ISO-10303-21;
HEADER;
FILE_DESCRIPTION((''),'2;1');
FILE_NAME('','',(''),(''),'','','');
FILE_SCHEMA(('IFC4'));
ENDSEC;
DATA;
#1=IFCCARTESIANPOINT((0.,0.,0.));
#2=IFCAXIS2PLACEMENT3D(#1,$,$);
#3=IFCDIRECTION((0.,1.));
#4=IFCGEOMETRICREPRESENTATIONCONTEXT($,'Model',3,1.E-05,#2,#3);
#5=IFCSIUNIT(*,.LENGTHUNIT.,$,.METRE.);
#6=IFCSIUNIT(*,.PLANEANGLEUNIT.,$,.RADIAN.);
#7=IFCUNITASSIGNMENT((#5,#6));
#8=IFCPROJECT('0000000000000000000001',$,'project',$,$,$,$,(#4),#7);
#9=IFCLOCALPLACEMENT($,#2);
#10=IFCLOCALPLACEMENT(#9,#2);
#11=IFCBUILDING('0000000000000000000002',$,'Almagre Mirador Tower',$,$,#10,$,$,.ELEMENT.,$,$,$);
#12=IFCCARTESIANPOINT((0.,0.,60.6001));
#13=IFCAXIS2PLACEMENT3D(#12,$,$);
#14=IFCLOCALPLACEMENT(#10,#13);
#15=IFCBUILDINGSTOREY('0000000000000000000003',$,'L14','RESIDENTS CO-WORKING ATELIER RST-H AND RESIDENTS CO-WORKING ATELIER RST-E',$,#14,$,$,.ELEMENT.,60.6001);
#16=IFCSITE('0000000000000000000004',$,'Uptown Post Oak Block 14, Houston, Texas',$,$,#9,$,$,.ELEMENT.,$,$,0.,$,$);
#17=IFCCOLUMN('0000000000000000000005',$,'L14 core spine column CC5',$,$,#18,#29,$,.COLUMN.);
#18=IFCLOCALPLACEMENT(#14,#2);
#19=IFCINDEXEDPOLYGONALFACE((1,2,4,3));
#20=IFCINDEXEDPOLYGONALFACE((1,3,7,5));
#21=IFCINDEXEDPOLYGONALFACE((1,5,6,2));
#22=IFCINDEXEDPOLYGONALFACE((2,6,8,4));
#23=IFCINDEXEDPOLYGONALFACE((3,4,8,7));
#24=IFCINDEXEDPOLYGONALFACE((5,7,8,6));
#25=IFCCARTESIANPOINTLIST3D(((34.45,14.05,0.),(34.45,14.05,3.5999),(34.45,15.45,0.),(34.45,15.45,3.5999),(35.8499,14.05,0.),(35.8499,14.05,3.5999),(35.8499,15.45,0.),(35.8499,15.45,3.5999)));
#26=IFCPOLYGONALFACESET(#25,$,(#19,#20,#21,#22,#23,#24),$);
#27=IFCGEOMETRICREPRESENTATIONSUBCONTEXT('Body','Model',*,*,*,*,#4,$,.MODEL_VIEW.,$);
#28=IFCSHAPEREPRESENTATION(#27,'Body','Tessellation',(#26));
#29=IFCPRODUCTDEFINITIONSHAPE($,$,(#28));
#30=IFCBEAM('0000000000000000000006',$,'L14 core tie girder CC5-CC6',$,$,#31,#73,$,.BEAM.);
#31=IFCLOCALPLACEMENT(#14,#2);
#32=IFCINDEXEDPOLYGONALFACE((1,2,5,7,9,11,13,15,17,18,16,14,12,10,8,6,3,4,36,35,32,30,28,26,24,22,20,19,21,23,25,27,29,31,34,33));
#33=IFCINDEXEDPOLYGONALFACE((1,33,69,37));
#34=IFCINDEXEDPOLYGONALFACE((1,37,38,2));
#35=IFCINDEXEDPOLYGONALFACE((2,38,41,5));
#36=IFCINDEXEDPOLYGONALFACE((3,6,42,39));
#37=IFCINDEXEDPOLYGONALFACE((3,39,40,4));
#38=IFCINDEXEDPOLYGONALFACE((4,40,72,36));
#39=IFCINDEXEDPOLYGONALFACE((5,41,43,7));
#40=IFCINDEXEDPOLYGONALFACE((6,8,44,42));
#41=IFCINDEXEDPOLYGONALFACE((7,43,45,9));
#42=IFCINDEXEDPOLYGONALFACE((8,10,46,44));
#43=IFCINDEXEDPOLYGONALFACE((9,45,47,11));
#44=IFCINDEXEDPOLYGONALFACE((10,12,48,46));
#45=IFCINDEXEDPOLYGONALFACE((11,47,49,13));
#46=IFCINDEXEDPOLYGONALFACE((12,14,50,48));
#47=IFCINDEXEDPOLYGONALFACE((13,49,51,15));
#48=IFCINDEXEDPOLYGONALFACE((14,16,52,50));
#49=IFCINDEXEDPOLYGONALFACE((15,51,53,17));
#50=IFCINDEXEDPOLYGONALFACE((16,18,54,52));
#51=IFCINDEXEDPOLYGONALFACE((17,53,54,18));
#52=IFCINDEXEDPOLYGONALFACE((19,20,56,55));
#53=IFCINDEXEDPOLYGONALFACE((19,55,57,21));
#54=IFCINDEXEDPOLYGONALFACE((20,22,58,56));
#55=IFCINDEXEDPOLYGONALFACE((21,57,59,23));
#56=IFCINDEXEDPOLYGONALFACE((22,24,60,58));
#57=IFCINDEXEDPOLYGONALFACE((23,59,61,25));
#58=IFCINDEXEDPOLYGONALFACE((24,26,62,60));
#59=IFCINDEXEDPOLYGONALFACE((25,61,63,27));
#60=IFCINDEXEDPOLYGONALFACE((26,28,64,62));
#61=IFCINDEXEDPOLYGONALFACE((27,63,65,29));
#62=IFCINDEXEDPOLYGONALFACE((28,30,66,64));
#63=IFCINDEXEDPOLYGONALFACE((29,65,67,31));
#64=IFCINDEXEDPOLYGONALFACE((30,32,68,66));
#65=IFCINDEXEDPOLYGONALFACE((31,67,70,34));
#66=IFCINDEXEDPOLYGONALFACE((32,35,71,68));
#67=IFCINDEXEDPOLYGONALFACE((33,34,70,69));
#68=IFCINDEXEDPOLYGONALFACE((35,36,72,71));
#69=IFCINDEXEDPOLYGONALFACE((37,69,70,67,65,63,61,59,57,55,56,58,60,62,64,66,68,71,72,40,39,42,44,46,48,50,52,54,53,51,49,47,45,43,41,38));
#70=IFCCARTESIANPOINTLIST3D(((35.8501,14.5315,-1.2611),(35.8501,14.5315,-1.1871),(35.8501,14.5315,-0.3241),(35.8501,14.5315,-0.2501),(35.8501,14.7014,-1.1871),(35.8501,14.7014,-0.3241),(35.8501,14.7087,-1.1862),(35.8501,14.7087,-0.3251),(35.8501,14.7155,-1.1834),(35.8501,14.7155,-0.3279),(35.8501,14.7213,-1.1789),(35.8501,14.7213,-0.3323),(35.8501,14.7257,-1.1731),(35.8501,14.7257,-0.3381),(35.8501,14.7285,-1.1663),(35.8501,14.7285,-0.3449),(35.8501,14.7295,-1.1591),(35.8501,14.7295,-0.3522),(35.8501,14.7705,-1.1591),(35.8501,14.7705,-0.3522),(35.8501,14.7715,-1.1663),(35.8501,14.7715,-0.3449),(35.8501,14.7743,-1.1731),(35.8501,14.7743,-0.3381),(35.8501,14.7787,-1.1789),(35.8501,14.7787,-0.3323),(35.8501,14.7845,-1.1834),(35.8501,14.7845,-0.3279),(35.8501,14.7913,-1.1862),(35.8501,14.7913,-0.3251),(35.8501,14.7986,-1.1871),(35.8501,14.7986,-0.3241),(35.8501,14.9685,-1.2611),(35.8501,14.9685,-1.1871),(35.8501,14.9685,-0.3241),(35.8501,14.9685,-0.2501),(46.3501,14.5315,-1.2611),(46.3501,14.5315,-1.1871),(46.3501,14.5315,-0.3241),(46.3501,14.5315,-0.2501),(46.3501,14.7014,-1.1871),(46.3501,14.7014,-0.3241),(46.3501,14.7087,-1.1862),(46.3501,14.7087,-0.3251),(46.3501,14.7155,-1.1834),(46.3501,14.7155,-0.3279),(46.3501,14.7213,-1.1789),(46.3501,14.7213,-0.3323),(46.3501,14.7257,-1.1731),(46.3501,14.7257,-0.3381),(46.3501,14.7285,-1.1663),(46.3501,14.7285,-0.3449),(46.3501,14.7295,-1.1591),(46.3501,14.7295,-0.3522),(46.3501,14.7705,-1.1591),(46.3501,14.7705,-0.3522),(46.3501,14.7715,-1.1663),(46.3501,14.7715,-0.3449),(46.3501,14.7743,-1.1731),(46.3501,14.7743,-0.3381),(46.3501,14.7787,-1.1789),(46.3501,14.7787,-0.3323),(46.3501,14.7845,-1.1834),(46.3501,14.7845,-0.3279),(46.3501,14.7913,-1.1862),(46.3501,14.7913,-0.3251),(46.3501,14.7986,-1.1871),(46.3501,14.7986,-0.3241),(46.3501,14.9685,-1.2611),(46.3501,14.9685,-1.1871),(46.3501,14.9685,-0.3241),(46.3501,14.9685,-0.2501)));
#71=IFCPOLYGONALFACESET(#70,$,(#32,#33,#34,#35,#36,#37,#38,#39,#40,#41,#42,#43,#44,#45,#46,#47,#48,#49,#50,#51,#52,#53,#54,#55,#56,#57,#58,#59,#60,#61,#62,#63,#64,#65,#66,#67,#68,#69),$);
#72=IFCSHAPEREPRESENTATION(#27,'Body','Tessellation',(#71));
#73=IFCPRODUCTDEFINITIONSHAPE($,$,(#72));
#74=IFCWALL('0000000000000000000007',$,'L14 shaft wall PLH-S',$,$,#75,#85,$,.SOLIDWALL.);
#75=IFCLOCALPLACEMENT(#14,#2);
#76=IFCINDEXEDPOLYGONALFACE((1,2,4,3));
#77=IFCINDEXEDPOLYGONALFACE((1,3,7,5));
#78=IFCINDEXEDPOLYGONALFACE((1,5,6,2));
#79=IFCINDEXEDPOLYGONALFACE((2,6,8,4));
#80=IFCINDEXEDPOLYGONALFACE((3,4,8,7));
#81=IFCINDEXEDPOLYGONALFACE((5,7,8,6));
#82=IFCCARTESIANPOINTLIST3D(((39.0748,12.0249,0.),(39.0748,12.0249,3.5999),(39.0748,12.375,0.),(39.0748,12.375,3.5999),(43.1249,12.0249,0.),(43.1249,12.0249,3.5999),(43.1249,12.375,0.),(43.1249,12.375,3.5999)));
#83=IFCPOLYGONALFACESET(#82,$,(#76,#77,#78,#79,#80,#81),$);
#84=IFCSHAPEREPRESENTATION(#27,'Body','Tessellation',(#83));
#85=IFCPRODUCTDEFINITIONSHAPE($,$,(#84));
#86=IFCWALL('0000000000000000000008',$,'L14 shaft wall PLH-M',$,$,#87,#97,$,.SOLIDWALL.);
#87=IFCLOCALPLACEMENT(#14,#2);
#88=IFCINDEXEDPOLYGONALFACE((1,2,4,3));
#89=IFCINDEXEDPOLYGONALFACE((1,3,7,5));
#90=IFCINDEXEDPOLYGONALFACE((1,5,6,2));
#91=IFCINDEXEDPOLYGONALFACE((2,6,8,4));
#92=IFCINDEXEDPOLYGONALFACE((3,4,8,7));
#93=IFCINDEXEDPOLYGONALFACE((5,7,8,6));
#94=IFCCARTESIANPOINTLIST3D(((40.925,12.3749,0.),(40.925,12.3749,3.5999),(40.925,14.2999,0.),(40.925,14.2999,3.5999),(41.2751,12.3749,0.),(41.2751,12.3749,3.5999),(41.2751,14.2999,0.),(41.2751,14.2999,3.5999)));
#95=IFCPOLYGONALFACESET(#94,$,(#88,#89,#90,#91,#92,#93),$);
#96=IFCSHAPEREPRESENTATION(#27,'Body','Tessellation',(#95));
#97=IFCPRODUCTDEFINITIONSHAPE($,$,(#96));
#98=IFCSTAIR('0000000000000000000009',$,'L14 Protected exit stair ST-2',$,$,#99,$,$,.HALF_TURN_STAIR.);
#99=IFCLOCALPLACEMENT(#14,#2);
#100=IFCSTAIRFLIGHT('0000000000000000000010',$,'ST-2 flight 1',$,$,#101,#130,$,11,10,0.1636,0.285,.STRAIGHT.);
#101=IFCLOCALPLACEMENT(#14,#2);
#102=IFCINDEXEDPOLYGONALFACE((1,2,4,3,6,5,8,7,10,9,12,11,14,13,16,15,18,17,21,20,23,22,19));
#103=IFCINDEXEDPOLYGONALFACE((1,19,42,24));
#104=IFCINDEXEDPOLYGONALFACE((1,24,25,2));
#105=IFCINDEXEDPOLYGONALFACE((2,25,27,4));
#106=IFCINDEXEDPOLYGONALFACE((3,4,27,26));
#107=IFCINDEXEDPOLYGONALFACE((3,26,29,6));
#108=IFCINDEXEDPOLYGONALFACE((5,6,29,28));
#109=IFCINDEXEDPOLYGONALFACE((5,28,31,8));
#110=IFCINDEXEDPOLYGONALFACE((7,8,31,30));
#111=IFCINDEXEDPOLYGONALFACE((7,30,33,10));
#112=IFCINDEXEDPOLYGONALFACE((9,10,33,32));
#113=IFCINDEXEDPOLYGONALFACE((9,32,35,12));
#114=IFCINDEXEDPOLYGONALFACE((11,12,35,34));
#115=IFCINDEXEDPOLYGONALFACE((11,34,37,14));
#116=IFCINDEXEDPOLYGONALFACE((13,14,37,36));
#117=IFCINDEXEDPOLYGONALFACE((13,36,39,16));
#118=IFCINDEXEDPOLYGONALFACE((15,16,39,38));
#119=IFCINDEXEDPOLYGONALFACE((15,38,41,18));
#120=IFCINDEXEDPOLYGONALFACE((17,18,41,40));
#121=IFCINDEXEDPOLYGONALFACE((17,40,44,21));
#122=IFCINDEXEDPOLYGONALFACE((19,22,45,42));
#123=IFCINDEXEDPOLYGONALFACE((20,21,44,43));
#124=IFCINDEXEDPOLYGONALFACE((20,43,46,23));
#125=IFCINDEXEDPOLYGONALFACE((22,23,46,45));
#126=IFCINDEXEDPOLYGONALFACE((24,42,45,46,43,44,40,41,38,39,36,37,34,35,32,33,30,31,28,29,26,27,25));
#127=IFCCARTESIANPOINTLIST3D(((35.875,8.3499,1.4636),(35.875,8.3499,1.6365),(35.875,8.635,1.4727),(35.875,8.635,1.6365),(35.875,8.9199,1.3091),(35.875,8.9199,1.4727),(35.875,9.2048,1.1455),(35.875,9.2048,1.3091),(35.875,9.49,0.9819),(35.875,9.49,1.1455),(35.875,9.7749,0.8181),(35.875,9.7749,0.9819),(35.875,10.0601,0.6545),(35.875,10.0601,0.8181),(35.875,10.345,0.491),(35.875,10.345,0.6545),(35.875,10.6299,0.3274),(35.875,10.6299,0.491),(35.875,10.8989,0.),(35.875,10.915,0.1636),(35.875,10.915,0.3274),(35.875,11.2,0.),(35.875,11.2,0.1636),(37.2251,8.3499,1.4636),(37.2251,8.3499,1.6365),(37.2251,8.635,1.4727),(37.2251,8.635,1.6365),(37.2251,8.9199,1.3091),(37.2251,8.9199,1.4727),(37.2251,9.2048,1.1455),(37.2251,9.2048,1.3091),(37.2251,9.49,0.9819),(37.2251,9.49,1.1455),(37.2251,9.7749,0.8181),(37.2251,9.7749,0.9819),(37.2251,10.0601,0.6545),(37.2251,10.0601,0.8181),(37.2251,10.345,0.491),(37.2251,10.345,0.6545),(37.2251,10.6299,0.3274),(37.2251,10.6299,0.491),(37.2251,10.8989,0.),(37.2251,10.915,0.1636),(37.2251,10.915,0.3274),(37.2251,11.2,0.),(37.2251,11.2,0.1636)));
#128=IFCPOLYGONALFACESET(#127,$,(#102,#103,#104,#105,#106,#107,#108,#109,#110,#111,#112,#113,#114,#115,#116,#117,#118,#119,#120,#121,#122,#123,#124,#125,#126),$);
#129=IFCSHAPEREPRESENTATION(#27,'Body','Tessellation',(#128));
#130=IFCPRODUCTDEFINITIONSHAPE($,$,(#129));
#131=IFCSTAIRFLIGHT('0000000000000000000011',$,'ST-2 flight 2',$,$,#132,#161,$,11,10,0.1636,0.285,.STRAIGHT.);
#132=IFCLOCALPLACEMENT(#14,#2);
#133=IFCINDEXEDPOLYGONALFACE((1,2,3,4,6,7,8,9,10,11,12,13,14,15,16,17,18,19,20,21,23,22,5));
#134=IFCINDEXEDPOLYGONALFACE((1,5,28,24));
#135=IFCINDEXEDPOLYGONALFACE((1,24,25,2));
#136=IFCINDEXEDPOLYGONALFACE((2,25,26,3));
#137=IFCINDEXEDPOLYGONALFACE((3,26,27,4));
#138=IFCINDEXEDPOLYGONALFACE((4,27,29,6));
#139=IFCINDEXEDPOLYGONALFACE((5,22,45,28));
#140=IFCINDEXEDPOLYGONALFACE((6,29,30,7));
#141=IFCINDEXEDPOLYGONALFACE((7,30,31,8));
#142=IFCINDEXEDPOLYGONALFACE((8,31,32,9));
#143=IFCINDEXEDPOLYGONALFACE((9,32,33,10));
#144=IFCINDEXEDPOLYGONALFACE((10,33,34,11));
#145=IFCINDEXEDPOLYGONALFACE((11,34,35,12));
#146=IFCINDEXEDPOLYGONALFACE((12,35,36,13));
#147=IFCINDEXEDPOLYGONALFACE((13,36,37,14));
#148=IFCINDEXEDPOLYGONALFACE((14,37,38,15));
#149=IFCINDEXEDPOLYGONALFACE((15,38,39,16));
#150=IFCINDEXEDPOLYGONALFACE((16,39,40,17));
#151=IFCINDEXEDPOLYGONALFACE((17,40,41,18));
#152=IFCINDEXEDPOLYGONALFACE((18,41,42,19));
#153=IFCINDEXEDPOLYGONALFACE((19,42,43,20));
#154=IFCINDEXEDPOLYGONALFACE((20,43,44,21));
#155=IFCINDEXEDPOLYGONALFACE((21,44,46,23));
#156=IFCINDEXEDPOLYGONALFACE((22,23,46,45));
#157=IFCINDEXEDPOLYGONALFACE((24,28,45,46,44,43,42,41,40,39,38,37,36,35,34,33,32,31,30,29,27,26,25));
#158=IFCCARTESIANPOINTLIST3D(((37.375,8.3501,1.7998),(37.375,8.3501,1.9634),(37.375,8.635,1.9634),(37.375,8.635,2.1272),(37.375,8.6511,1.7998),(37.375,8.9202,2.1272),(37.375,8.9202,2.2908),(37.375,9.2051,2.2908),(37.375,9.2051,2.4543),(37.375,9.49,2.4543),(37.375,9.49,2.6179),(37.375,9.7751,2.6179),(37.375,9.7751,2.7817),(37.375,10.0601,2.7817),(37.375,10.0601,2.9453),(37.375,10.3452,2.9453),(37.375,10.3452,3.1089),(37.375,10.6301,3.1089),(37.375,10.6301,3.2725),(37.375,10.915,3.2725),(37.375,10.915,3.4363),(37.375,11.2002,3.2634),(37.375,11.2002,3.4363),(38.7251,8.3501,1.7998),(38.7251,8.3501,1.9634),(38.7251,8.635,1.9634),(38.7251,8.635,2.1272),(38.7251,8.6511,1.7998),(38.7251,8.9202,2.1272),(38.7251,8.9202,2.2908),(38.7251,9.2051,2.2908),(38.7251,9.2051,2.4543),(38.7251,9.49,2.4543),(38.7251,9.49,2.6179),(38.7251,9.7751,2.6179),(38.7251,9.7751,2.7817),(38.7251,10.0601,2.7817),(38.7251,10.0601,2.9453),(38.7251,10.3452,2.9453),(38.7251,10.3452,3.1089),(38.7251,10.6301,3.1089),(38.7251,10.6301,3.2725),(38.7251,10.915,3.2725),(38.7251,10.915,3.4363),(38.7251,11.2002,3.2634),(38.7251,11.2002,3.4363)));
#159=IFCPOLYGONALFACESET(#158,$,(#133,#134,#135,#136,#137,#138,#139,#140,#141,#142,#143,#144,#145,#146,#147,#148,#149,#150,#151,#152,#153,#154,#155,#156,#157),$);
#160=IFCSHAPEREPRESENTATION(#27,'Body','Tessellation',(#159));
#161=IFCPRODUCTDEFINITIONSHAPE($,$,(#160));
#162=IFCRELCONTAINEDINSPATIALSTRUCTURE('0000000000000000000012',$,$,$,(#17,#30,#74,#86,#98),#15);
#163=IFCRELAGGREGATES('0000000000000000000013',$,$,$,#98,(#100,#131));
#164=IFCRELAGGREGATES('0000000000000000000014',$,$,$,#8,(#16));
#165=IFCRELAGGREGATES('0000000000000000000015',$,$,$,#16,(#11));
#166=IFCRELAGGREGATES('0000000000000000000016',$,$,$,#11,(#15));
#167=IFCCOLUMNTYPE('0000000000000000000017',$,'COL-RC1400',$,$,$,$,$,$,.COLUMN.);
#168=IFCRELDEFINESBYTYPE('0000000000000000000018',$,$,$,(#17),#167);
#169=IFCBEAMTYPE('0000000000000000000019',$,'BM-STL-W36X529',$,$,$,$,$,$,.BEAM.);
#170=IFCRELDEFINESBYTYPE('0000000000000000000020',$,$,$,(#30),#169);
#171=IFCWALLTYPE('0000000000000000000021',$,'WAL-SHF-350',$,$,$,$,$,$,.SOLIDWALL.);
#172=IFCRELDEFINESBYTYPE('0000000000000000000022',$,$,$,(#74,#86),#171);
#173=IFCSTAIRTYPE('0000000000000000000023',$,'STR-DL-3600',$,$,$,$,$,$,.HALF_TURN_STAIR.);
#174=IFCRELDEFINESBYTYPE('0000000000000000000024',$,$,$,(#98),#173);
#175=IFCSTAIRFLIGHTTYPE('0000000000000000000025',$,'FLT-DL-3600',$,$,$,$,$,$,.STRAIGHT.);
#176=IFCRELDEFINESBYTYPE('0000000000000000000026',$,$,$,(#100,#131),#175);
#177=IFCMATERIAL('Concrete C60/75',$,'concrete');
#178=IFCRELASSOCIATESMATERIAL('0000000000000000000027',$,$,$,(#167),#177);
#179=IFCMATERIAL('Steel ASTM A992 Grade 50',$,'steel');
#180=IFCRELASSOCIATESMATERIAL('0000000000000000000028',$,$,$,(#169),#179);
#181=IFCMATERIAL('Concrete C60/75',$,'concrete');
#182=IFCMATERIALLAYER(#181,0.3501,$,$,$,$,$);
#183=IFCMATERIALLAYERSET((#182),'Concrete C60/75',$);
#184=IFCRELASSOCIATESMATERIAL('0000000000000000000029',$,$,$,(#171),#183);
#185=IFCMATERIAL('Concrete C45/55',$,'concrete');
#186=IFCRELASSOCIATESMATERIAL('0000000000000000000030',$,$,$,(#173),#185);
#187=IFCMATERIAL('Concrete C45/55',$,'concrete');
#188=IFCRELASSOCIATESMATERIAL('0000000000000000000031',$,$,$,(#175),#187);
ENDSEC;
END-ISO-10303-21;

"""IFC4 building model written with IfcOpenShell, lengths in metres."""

from ifc_helpers import new_model, si_unit, direction, frame, frame_2d, origin, origin_2d, place, context, subcontext, project, spatial, polyline, rectangle, i_section, outline, extrude, material, layer, layer_set, material_profile, profile_set, type_object, element, aggregate, save


model = new_model("IFC4")

# Units and contexts
model_context = context("Model", 3, precision=1e-05, world=origin(), true_north=direction((0.0, 1.0)))
body_context = subcontext(model_context, "Body", "Model", "MODEL_VIEW")
ifc_project = project(units=[si_unit("LENGTHUNIT", "METRE"), si_unit("PLANEANGLEUNIT", "RADIAN")], contexts=[model_context])

# Site, building, storey
site_placement = place(None, origin())
site = spatial("IfcSite", under=ifc_project, at=site_placement, Name="Uptown Post Oak Block 14, Houston, Texas", CompositionType="ELEMENT", RefElevation=0.0)
building_placement = place(site_placement, origin())
building = spatial("IfcBuilding", under=site, at=building_placement, Name="Almagre Mirador Tower", CompositionType="ELEMENT")
storey_placement = place(building_placement, frame((0.0, 0.0, 60.6001)))
storey = spatial("IfcBuildingStorey", under=building, at=storey_placement, Name="L14", Description="RESIDENTS CO-WORKING ATELIER RST-H AND RESIDENTS CO-WORKING ATELIER RST-E", CompositionType="ELEMENT", Elevation=60.6001)

# Column
ifc_material_1 = material(Name="Concrete C60/75", Category="concrete")
ifc_material_profile_1 = material_profile(ifc_material_1, rectangle(XDim=1.3999, YDim=1.3999, at=origin_2d()), Name="RC1400X1400")
ifc_profile_set_1 = profile_set([ifc_material_profile_1], Name="Concrete C60/75")
column_type = type_object("IfcColumnType", Name="COL-RC1400", PredefinedType="COLUMN", material=ifc_profile_set_1)
column_placement = place(storey_placement, frame((35.1499, 14.75, 0.0), z_axis=(0.0, 0.0, 1.0), x_axis=(1.0, 0.0, 0.0)))
element("IfcColumn", 1, at=column_placement, inside=storey, type_object=column_type, Name="L14 core spine column CC5", PredefinedType="COLUMN", context=body_context, shape_type="SweptSolid", body=[
    extrude(rectangle(XDim=1.3999, YDim=1.3999, at=origin_2d()), origin(), (0.0, 0.0, 1.0), 3.5999),
])

# Beam
ifc_material_2 = material(Name="Steel ASTM A992 Grade 50", Category="steel")
ifc_material_profile_2 = material_profile(ifc_material_2, i_section(OverallWidth=0.437, OverallDepth=1.011, WebThickness=0.041, FlangeThickness=0.074, FilletRadius=0.0281, at=origin_2d()), Name="W36X529")
ifc_profile_set_2 = profile_set([ifc_material_profile_2], Name="Steel ASTM A992 Grade 50")
beam_type = type_object("IfcBeamType", Name="BM-STL-W36X529", PredefinedType="BEAM", material=ifc_profile_set_2)
beam_placement = place(storey_placement, frame((35.8501, 14.75, -0.7556), z_axis=(1.0, 0.0, 0.0), x_axis=(0.0, 1.0, 0.0)))
element("IfcBeam", 2, at=beam_placement, inside=storey, type_object=beam_type, Name="L14 core tie girder CC5-CC6", PredefinedType="BEAM", context=body_context, shape_type="SweptSolid", body=[
    extrude(i_section(OverallWidth=0.437, OverallDepth=1.011, WebThickness=0.041, FlangeThickness=0.074, FilletRadius=0.0281, at=origin_2d()), origin(), (0.0, 0.0, 1.0), 10.5),
])

# Walls
ifc_material_3 = material(Name="Concrete C60/75", Category="concrete")
ifc_layer_1 = layer(ifc_material_3, 0.3501)
ifc_layer_set_1 = layer_set([ifc_layer_1], Name="Concrete C60/75")
wall_type_1 = type_object("IfcWallType", Name="WAL-SHF-350", PredefinedType="SOLIDWALL", material=ifc_layer_set_1)
wall_1_placement = place(storey_placement, frame((39.075, 12.2, 0.0), z_axis=(0.0, 0.0, 1.0), x_axis=(1.0, 0.0, 0.0)))
element("IfcWall", 3, at=wall_1_placement, inside=storey, type_object=wall_type_1, Name="L14 shaft wall PLH-S", PredefinedType="SOLIDWALL", context=body_context, shape_type="SweptSolid", body=[
    extrude(rectangle(XDim=4.05, YDim=0.3501, at=frame_2d((2.0249, 0.0))), origin(), (0.0, 0.0, 1.0), 3.5999),
])
wall_2_placement = place(storey_placement, frame((41.1001, 12.375, 0.0), z_axis=(0.0, 0.0, 1.0), x_axis=(0.0, 1.0, 0.0)))
element("IfcWall", 4, at=wall_2_placement, inside=storey, type_object=wall_type_1, Name="L14 shaft wall PLH-M", PredefinedType="SOLIDWALL", context=body_context, shape_type="SweptSolid", body=[
    extrude(rectangle(XDim=1.925, YDim=0.3501, at=frame_2d((0.9624, 0.0))), origin(), (0.0, 0.0, 1.0), 3.5999),
])

# Stair, stair flights
ifc_material_4 = material(Name="Concrete C45/55", Category="concrete")
stair_type = type_object("IfcStairType", Name="STR-DL-3600", PredefinedType="HALF_TURN_STAIR", material=ifc_material_4)
stair_1_placement = place(storey_placement, origin())
stair_1 = element("IfcStair", 5, at=stair_1_placement, inside=storey, type_object=stair_type, Name="L14 Protected exit stair ST-2", PredefinedType="HALF_TURN_STAIR")
ifc_material_5 = material(Name="Concrete C45/55", Category="concrete")
stair_flight_type = type_object("IfcStairFlightType", Name="FLT-DL-3600", PredefinedType="STRAIGHT", material=ifc_material_5)
stair_flight_1_placement = place(storey_placement, frame((36.55, 11.2, 0.0), z_axis=(0.0, 0.0, 1.0), x_axis=(0.0, -1.0, 0.0)))
stair_flight_1 = element("IfcStairFlight", 6, at=stair_flight_1_placement, type_object=stair_flight_type, Name="ST-2 flight 1", NumberOfRisers=11, NumberOfTreads=10, PredefinedType="STRAIGHT", RiserHeight=0.1636, TreadLength=0.285, context=body_context, shape_type="SweptSolid", body=[
    extrude(outline(polyline([(0.0, 0.0), (0.0, 0.1636), (0.2849, 0.1636), (0.2849, 0.3274), (0.5701, 0.3274), (0.5701, 0.491), (0.855, 0.491), (0.855, 0.6545), (1.1399, 0.6545), (1.1399, 0.8181), (1.425, 0.8181), (1.425, 0.9819), (1.71, 0.9819), (1.71, 1.1455), (1.9951, 1.1455), (1.9951, 1.3091), (2.28, 1.3091), (2.28, 1.4727), (2.5649, 1.4727), (2.5649, 1.6365), (2.8501, 1.6365), (2.8501, 1.8), (2.8501, 1.4636), (0.301, 0.0), (0.0, 0.0)])), frame((0.0, 0.675, 0.0), z_axis=(0.0, -1.0, 0.0), x_axis=(1.0, 0.0, 0.0)), (0.0, 0.0, 1.0), 1.3501),
])
stair_flight_2_placement = place(storey_placement, frame((38.05, 8.3501, 1.7998), z_axis=(0.0, 0.0, 1.0), x_axis=(0.0, 1.0, 0.0)))
stair_flight_2 = element("IfcStairFlight", 7, at=stair_flight_2_placement, type_object=stair_flight_type, Name="ST-2 flight 2", NumberOfRisers=11, NumberOfTreads=10, PredefinedType="STRAIGHT", RiserHeight=0.1636, TreadLength=0.285, context=body_context, shape_type="SweptSolid", body=[
    extrude(outline(polyline([(0.0, 0.0), (0.0, 0.1636), (0.2849, 0.1636), (0.2849, 0.3274), (0.5701, 0.3274), (0.5701, 0.491), (0.855, 0.491), (0.855, 0.6545), (1.1399, 0.6545), (1.1399, 0.8181), (1.425, 0.8181), (1.425, 0.9819), (1.71, 0.9819), (1.71, 1.1455), (1.9951, 1.1455), (1.9951, 1.3091), (2.28, 1.3091), (2.28, 1.4727), (2.5649, 1.4727), (2.5649, 1.6365), (2.8501, 1.6365), (2.8501, 1.8), (2.8501, 1.4636), (0.301, 0.0), (0.0, 0.0)])), frame((0.0, 0.675, 0.0), z_axis=(0.0, -1.0, 0.0), x_axis=(1.0, 0.0, 0.0)), (0.0, 0.0, 1.0), 1.3501),
])
aggregate(stair_1, [stair_flight_1, stair_flight_2])

save(model, "model.ifc")
